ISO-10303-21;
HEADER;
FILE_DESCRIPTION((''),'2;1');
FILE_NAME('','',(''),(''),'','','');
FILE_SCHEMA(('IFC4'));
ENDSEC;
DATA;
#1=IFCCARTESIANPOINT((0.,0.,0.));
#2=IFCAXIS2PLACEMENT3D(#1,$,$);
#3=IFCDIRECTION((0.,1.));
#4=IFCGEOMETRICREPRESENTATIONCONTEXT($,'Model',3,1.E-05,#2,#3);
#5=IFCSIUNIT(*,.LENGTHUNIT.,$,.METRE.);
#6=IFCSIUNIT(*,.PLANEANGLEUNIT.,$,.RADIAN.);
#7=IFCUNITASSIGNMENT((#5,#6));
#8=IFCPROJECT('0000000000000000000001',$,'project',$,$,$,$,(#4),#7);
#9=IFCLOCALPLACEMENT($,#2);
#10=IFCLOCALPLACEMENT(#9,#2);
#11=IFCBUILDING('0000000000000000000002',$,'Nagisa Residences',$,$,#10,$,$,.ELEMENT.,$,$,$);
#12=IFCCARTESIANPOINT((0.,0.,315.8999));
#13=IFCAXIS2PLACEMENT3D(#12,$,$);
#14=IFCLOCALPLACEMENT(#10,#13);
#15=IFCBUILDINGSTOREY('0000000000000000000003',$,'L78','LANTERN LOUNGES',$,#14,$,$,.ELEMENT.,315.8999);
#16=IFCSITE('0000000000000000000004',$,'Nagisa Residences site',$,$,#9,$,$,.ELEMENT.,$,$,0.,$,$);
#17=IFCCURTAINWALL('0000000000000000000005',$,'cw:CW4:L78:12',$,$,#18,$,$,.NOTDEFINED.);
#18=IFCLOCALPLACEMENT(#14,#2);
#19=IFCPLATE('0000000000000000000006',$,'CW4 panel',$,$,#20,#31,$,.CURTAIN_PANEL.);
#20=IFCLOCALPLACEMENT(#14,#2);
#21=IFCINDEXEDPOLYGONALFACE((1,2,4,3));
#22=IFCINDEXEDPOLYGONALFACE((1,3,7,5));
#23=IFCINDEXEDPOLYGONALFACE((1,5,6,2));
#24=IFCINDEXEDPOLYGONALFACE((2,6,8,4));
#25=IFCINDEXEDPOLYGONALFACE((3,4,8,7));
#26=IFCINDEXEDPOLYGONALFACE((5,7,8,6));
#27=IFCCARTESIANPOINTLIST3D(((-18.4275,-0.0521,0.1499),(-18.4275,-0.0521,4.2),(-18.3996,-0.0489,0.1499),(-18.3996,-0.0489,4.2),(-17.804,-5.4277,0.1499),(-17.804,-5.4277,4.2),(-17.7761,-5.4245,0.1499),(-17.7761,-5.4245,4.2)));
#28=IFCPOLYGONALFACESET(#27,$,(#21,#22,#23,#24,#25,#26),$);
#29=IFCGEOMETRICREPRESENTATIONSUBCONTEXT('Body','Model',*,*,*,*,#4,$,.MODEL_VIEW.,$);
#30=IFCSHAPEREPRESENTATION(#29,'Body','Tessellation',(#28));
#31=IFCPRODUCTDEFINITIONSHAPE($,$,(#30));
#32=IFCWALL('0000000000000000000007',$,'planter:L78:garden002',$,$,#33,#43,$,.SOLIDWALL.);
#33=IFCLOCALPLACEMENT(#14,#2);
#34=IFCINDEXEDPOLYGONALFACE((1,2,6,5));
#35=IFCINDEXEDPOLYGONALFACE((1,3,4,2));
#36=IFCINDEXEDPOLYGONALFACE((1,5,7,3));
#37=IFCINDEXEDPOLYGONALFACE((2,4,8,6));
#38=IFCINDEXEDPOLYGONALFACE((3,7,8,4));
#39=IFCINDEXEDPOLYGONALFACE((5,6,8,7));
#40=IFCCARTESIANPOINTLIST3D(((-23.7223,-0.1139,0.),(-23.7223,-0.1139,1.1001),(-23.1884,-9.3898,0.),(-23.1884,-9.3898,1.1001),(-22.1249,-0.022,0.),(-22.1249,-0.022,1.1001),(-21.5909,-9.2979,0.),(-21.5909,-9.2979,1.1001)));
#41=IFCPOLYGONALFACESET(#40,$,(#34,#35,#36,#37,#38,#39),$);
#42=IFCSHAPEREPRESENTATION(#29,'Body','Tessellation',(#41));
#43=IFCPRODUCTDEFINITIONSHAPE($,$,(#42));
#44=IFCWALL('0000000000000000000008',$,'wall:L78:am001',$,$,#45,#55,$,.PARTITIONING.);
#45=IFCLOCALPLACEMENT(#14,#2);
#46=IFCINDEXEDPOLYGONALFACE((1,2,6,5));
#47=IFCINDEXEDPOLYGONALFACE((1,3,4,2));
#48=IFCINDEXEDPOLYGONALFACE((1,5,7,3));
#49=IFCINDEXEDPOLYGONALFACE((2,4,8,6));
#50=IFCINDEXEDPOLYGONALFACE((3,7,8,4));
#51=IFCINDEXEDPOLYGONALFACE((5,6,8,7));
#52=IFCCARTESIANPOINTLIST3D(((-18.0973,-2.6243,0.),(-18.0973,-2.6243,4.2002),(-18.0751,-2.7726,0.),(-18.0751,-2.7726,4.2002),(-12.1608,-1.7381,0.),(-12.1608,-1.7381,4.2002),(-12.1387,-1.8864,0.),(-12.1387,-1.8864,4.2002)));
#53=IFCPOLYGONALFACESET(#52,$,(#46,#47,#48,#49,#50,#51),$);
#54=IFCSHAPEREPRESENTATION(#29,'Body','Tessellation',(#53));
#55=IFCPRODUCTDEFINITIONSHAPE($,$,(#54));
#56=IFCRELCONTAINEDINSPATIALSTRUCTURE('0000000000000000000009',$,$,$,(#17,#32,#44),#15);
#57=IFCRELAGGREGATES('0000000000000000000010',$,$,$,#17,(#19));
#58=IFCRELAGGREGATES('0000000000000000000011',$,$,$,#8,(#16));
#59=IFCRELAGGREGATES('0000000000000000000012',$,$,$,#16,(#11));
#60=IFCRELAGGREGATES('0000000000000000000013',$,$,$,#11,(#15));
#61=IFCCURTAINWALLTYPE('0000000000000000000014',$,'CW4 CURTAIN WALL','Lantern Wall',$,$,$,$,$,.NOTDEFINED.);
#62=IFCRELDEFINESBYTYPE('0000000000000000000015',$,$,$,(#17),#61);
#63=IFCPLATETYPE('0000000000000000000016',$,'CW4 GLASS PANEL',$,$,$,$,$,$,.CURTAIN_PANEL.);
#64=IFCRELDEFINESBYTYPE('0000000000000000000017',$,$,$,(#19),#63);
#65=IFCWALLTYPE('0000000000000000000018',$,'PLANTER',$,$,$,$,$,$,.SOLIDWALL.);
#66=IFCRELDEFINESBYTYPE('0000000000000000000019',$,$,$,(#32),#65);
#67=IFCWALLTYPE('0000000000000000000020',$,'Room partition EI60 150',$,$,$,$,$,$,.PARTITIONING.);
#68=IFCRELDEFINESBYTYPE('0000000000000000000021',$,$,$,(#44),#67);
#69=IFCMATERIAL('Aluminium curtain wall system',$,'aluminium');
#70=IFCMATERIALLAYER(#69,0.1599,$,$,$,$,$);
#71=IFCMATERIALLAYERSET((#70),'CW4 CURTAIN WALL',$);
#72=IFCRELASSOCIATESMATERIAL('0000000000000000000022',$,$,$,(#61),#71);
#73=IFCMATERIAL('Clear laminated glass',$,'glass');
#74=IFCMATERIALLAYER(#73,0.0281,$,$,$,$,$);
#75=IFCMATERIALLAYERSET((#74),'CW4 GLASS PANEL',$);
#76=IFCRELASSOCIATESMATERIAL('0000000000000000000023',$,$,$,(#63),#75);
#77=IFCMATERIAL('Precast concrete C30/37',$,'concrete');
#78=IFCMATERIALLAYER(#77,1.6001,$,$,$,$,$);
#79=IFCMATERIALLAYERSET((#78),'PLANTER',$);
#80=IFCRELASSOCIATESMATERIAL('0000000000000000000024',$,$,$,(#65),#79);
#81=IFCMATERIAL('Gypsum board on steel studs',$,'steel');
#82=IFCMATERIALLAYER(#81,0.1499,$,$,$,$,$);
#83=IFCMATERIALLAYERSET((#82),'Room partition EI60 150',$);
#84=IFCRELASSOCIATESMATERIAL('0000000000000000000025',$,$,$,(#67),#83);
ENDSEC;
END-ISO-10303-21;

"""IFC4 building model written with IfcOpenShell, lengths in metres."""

from ifc_helpers import new_model, si_unit, direction, frame, frame_2d, origin, origin_2d, place, context, subcontext, project, spatial, rectangle, extrude, material, layer, layer_set, type_object, element, aggregate, save


model = new_model("IFC4")

# Units and contexts
model_context = context("Model", 3, precision=1e-05, world=origin(), true_north=direction((0.0, 1.0)))
body_context = subcontext(model_context, "Body", "Model", "MODEL_VIEW")
ifc_project = project(units=[si_unit("LENGTHUNIT", "METRE"), si_unit("PLANEANGLEUNIT", "RADIAN")], contexts=[model_context])

# Site, building, storey
site_placement = place(None, origin())
site = spatial("IfcSite", under=ifc_project, at=site_placement, Name="Nagisa Residences site", CompositionType="ELEMENT", RefElevation=0.0)
building_placement = place(site_placement, origin())
building = spatial("IfcBuilding", under=site, at=building_placement, Name="Nagisa Residences", CompositionType="ELEMENT")
storey_placement = place(building_placement, frame((0.0, 0.0, 315.8999)))
storey = spatial("IfcBuildingStorey", under=building, at=storey_placement, Name="L78", Description="LANTERN LOUNGES", CompositionType="ELEMENT", Elevation=315.8999)

# Curtain wall
ifc_material_1 = material(Name="Aluminium curtain wall system", Category="aluminium")
ifc_layer_1 = layer(ifc_material_1, 0.1599)
ifc_layer_set_1 = layer_set([ifc_layer_1], Name="CW4 CURTAIN WALL")
curtain_wall_type = type_object("IfcCurtainWallType", Name="CW4 CURTAIN WALL", Description="Lantern Wall", PredefinedType="NOTDEFINED", material=ifc_layer_set_1)
curtain_wall_1_placement = place(storey_placement, origin())
curtain_wall_1 = element("IfcCurtainWall", 1, at=curtain_wall_1_placement, inside=storey, type_object=curtain_wall_type, Name="cw:CW4:L78:12", PredefinedType="NOTDEFINED")

# Plate
ifc_material_2 = material(Name="Clear laminated glass", Category="glass")
ifc_layer_2 = layer(ifc_material_2, 0.0281)
ifc_layer_set_2 = layer_set([ifc_layer_2], Name="CW4 GLASS PANEL")
plate_type = type_object("IfcPlateType", Name="CW4 GLASS PANEL", PredefinedType="CURTAIN_PANEL", material=ifc_layer_set_2)
plate_placement = place(storey_placement, frame((-18.1018, -2.7383, 0.1499), z_axis=(0.0, 0.0, 1.0), x_axis=(0.115207, -0.993341, 0.0)))
plate = element("IfcPlate", 2, at=plate_placement, type_object=plate_type, Name="CW4 panel", PredefinedType="CURTAIN_PANEL", context=body_context, shape_type="SweptSolid", body=[
    extrude(rectangle(XDim=5.4116, YDim=0.0281, at=origin_2d()), origin(), (0.0, 0.0, 1.0), 4.05),
])
aggregate(curtain_wall_1, [plate])

# Walls
ifc_material_3 = material(Name="Precast concrete C30/37", Category="concrete")
ifc_layer_3 = layer(ifc_material_3, 1.6001)
ifc_layer_set_3 = layer_set([ifc_layer_3], Name="PLANTER")
wall_type_1 = type_object("IfcWallType", Name="PLANTER", PredefinedType="SOLIDWALL", material=ifc_layer_set_3)
wall_1_placement = place(storey_placement, frame((-22.3896, -9.3438, 0.0), z_axis=(0.0, 0.0, 1.0), x_axis=(-0.057467, 0.998347, 0.0)))
element("IfcWall", 3, at=wall_1_placement, inside=storey, type_object=wall_type_1, Name="planter:L78:garden002", PredefinedType="SOLIDWALL", context=body_context, shape_type="SweptSolid", body=[
    extrude(rectangle(XDim=9.2913, YDim=1.6001, at=frame_2d((4.6455, 0.0))), origin(), (0.0, 0.0, 1.0), 1.1001),
])
ifc_material_4 = material(Name="Gypsum board on steel studs", Category="steel")
ifc_layer_4 = layer(ifc_material_4, 0.1499)
ifc_layer_set_4 = layer_set([ifc_layer_4], Name="Room partition EI60 150")
wall_type_2 = type_object("IfcWallType", Name="Room partition EI60 150", PredefinedType="PARTITIONING", material=ifc_layer_set_4)
wall_2_placement = place(storey_placement, frame((-12.1499, -1.8123, 0.0), z_axis=(0.0, 0.0, 1.0), x_axis=(-0.98904, -0.147648, 0.0)))
element("IfcWall", 4, at=wall_2_placement, inside=storey, type_object=wall_type_2, Name="wall:L78:am001", PredefinedType="PARTITIONING", context=body_context, shape_type="SweptSolid", body=[
    extrude(rectangle(XDim=6.0022, YDim=0.1499, at=frame_2d((3.001, 0.0))), origin(), (0.0, 0.0, 1.0), 4.2002),
])

save(model, "model.ifc")
